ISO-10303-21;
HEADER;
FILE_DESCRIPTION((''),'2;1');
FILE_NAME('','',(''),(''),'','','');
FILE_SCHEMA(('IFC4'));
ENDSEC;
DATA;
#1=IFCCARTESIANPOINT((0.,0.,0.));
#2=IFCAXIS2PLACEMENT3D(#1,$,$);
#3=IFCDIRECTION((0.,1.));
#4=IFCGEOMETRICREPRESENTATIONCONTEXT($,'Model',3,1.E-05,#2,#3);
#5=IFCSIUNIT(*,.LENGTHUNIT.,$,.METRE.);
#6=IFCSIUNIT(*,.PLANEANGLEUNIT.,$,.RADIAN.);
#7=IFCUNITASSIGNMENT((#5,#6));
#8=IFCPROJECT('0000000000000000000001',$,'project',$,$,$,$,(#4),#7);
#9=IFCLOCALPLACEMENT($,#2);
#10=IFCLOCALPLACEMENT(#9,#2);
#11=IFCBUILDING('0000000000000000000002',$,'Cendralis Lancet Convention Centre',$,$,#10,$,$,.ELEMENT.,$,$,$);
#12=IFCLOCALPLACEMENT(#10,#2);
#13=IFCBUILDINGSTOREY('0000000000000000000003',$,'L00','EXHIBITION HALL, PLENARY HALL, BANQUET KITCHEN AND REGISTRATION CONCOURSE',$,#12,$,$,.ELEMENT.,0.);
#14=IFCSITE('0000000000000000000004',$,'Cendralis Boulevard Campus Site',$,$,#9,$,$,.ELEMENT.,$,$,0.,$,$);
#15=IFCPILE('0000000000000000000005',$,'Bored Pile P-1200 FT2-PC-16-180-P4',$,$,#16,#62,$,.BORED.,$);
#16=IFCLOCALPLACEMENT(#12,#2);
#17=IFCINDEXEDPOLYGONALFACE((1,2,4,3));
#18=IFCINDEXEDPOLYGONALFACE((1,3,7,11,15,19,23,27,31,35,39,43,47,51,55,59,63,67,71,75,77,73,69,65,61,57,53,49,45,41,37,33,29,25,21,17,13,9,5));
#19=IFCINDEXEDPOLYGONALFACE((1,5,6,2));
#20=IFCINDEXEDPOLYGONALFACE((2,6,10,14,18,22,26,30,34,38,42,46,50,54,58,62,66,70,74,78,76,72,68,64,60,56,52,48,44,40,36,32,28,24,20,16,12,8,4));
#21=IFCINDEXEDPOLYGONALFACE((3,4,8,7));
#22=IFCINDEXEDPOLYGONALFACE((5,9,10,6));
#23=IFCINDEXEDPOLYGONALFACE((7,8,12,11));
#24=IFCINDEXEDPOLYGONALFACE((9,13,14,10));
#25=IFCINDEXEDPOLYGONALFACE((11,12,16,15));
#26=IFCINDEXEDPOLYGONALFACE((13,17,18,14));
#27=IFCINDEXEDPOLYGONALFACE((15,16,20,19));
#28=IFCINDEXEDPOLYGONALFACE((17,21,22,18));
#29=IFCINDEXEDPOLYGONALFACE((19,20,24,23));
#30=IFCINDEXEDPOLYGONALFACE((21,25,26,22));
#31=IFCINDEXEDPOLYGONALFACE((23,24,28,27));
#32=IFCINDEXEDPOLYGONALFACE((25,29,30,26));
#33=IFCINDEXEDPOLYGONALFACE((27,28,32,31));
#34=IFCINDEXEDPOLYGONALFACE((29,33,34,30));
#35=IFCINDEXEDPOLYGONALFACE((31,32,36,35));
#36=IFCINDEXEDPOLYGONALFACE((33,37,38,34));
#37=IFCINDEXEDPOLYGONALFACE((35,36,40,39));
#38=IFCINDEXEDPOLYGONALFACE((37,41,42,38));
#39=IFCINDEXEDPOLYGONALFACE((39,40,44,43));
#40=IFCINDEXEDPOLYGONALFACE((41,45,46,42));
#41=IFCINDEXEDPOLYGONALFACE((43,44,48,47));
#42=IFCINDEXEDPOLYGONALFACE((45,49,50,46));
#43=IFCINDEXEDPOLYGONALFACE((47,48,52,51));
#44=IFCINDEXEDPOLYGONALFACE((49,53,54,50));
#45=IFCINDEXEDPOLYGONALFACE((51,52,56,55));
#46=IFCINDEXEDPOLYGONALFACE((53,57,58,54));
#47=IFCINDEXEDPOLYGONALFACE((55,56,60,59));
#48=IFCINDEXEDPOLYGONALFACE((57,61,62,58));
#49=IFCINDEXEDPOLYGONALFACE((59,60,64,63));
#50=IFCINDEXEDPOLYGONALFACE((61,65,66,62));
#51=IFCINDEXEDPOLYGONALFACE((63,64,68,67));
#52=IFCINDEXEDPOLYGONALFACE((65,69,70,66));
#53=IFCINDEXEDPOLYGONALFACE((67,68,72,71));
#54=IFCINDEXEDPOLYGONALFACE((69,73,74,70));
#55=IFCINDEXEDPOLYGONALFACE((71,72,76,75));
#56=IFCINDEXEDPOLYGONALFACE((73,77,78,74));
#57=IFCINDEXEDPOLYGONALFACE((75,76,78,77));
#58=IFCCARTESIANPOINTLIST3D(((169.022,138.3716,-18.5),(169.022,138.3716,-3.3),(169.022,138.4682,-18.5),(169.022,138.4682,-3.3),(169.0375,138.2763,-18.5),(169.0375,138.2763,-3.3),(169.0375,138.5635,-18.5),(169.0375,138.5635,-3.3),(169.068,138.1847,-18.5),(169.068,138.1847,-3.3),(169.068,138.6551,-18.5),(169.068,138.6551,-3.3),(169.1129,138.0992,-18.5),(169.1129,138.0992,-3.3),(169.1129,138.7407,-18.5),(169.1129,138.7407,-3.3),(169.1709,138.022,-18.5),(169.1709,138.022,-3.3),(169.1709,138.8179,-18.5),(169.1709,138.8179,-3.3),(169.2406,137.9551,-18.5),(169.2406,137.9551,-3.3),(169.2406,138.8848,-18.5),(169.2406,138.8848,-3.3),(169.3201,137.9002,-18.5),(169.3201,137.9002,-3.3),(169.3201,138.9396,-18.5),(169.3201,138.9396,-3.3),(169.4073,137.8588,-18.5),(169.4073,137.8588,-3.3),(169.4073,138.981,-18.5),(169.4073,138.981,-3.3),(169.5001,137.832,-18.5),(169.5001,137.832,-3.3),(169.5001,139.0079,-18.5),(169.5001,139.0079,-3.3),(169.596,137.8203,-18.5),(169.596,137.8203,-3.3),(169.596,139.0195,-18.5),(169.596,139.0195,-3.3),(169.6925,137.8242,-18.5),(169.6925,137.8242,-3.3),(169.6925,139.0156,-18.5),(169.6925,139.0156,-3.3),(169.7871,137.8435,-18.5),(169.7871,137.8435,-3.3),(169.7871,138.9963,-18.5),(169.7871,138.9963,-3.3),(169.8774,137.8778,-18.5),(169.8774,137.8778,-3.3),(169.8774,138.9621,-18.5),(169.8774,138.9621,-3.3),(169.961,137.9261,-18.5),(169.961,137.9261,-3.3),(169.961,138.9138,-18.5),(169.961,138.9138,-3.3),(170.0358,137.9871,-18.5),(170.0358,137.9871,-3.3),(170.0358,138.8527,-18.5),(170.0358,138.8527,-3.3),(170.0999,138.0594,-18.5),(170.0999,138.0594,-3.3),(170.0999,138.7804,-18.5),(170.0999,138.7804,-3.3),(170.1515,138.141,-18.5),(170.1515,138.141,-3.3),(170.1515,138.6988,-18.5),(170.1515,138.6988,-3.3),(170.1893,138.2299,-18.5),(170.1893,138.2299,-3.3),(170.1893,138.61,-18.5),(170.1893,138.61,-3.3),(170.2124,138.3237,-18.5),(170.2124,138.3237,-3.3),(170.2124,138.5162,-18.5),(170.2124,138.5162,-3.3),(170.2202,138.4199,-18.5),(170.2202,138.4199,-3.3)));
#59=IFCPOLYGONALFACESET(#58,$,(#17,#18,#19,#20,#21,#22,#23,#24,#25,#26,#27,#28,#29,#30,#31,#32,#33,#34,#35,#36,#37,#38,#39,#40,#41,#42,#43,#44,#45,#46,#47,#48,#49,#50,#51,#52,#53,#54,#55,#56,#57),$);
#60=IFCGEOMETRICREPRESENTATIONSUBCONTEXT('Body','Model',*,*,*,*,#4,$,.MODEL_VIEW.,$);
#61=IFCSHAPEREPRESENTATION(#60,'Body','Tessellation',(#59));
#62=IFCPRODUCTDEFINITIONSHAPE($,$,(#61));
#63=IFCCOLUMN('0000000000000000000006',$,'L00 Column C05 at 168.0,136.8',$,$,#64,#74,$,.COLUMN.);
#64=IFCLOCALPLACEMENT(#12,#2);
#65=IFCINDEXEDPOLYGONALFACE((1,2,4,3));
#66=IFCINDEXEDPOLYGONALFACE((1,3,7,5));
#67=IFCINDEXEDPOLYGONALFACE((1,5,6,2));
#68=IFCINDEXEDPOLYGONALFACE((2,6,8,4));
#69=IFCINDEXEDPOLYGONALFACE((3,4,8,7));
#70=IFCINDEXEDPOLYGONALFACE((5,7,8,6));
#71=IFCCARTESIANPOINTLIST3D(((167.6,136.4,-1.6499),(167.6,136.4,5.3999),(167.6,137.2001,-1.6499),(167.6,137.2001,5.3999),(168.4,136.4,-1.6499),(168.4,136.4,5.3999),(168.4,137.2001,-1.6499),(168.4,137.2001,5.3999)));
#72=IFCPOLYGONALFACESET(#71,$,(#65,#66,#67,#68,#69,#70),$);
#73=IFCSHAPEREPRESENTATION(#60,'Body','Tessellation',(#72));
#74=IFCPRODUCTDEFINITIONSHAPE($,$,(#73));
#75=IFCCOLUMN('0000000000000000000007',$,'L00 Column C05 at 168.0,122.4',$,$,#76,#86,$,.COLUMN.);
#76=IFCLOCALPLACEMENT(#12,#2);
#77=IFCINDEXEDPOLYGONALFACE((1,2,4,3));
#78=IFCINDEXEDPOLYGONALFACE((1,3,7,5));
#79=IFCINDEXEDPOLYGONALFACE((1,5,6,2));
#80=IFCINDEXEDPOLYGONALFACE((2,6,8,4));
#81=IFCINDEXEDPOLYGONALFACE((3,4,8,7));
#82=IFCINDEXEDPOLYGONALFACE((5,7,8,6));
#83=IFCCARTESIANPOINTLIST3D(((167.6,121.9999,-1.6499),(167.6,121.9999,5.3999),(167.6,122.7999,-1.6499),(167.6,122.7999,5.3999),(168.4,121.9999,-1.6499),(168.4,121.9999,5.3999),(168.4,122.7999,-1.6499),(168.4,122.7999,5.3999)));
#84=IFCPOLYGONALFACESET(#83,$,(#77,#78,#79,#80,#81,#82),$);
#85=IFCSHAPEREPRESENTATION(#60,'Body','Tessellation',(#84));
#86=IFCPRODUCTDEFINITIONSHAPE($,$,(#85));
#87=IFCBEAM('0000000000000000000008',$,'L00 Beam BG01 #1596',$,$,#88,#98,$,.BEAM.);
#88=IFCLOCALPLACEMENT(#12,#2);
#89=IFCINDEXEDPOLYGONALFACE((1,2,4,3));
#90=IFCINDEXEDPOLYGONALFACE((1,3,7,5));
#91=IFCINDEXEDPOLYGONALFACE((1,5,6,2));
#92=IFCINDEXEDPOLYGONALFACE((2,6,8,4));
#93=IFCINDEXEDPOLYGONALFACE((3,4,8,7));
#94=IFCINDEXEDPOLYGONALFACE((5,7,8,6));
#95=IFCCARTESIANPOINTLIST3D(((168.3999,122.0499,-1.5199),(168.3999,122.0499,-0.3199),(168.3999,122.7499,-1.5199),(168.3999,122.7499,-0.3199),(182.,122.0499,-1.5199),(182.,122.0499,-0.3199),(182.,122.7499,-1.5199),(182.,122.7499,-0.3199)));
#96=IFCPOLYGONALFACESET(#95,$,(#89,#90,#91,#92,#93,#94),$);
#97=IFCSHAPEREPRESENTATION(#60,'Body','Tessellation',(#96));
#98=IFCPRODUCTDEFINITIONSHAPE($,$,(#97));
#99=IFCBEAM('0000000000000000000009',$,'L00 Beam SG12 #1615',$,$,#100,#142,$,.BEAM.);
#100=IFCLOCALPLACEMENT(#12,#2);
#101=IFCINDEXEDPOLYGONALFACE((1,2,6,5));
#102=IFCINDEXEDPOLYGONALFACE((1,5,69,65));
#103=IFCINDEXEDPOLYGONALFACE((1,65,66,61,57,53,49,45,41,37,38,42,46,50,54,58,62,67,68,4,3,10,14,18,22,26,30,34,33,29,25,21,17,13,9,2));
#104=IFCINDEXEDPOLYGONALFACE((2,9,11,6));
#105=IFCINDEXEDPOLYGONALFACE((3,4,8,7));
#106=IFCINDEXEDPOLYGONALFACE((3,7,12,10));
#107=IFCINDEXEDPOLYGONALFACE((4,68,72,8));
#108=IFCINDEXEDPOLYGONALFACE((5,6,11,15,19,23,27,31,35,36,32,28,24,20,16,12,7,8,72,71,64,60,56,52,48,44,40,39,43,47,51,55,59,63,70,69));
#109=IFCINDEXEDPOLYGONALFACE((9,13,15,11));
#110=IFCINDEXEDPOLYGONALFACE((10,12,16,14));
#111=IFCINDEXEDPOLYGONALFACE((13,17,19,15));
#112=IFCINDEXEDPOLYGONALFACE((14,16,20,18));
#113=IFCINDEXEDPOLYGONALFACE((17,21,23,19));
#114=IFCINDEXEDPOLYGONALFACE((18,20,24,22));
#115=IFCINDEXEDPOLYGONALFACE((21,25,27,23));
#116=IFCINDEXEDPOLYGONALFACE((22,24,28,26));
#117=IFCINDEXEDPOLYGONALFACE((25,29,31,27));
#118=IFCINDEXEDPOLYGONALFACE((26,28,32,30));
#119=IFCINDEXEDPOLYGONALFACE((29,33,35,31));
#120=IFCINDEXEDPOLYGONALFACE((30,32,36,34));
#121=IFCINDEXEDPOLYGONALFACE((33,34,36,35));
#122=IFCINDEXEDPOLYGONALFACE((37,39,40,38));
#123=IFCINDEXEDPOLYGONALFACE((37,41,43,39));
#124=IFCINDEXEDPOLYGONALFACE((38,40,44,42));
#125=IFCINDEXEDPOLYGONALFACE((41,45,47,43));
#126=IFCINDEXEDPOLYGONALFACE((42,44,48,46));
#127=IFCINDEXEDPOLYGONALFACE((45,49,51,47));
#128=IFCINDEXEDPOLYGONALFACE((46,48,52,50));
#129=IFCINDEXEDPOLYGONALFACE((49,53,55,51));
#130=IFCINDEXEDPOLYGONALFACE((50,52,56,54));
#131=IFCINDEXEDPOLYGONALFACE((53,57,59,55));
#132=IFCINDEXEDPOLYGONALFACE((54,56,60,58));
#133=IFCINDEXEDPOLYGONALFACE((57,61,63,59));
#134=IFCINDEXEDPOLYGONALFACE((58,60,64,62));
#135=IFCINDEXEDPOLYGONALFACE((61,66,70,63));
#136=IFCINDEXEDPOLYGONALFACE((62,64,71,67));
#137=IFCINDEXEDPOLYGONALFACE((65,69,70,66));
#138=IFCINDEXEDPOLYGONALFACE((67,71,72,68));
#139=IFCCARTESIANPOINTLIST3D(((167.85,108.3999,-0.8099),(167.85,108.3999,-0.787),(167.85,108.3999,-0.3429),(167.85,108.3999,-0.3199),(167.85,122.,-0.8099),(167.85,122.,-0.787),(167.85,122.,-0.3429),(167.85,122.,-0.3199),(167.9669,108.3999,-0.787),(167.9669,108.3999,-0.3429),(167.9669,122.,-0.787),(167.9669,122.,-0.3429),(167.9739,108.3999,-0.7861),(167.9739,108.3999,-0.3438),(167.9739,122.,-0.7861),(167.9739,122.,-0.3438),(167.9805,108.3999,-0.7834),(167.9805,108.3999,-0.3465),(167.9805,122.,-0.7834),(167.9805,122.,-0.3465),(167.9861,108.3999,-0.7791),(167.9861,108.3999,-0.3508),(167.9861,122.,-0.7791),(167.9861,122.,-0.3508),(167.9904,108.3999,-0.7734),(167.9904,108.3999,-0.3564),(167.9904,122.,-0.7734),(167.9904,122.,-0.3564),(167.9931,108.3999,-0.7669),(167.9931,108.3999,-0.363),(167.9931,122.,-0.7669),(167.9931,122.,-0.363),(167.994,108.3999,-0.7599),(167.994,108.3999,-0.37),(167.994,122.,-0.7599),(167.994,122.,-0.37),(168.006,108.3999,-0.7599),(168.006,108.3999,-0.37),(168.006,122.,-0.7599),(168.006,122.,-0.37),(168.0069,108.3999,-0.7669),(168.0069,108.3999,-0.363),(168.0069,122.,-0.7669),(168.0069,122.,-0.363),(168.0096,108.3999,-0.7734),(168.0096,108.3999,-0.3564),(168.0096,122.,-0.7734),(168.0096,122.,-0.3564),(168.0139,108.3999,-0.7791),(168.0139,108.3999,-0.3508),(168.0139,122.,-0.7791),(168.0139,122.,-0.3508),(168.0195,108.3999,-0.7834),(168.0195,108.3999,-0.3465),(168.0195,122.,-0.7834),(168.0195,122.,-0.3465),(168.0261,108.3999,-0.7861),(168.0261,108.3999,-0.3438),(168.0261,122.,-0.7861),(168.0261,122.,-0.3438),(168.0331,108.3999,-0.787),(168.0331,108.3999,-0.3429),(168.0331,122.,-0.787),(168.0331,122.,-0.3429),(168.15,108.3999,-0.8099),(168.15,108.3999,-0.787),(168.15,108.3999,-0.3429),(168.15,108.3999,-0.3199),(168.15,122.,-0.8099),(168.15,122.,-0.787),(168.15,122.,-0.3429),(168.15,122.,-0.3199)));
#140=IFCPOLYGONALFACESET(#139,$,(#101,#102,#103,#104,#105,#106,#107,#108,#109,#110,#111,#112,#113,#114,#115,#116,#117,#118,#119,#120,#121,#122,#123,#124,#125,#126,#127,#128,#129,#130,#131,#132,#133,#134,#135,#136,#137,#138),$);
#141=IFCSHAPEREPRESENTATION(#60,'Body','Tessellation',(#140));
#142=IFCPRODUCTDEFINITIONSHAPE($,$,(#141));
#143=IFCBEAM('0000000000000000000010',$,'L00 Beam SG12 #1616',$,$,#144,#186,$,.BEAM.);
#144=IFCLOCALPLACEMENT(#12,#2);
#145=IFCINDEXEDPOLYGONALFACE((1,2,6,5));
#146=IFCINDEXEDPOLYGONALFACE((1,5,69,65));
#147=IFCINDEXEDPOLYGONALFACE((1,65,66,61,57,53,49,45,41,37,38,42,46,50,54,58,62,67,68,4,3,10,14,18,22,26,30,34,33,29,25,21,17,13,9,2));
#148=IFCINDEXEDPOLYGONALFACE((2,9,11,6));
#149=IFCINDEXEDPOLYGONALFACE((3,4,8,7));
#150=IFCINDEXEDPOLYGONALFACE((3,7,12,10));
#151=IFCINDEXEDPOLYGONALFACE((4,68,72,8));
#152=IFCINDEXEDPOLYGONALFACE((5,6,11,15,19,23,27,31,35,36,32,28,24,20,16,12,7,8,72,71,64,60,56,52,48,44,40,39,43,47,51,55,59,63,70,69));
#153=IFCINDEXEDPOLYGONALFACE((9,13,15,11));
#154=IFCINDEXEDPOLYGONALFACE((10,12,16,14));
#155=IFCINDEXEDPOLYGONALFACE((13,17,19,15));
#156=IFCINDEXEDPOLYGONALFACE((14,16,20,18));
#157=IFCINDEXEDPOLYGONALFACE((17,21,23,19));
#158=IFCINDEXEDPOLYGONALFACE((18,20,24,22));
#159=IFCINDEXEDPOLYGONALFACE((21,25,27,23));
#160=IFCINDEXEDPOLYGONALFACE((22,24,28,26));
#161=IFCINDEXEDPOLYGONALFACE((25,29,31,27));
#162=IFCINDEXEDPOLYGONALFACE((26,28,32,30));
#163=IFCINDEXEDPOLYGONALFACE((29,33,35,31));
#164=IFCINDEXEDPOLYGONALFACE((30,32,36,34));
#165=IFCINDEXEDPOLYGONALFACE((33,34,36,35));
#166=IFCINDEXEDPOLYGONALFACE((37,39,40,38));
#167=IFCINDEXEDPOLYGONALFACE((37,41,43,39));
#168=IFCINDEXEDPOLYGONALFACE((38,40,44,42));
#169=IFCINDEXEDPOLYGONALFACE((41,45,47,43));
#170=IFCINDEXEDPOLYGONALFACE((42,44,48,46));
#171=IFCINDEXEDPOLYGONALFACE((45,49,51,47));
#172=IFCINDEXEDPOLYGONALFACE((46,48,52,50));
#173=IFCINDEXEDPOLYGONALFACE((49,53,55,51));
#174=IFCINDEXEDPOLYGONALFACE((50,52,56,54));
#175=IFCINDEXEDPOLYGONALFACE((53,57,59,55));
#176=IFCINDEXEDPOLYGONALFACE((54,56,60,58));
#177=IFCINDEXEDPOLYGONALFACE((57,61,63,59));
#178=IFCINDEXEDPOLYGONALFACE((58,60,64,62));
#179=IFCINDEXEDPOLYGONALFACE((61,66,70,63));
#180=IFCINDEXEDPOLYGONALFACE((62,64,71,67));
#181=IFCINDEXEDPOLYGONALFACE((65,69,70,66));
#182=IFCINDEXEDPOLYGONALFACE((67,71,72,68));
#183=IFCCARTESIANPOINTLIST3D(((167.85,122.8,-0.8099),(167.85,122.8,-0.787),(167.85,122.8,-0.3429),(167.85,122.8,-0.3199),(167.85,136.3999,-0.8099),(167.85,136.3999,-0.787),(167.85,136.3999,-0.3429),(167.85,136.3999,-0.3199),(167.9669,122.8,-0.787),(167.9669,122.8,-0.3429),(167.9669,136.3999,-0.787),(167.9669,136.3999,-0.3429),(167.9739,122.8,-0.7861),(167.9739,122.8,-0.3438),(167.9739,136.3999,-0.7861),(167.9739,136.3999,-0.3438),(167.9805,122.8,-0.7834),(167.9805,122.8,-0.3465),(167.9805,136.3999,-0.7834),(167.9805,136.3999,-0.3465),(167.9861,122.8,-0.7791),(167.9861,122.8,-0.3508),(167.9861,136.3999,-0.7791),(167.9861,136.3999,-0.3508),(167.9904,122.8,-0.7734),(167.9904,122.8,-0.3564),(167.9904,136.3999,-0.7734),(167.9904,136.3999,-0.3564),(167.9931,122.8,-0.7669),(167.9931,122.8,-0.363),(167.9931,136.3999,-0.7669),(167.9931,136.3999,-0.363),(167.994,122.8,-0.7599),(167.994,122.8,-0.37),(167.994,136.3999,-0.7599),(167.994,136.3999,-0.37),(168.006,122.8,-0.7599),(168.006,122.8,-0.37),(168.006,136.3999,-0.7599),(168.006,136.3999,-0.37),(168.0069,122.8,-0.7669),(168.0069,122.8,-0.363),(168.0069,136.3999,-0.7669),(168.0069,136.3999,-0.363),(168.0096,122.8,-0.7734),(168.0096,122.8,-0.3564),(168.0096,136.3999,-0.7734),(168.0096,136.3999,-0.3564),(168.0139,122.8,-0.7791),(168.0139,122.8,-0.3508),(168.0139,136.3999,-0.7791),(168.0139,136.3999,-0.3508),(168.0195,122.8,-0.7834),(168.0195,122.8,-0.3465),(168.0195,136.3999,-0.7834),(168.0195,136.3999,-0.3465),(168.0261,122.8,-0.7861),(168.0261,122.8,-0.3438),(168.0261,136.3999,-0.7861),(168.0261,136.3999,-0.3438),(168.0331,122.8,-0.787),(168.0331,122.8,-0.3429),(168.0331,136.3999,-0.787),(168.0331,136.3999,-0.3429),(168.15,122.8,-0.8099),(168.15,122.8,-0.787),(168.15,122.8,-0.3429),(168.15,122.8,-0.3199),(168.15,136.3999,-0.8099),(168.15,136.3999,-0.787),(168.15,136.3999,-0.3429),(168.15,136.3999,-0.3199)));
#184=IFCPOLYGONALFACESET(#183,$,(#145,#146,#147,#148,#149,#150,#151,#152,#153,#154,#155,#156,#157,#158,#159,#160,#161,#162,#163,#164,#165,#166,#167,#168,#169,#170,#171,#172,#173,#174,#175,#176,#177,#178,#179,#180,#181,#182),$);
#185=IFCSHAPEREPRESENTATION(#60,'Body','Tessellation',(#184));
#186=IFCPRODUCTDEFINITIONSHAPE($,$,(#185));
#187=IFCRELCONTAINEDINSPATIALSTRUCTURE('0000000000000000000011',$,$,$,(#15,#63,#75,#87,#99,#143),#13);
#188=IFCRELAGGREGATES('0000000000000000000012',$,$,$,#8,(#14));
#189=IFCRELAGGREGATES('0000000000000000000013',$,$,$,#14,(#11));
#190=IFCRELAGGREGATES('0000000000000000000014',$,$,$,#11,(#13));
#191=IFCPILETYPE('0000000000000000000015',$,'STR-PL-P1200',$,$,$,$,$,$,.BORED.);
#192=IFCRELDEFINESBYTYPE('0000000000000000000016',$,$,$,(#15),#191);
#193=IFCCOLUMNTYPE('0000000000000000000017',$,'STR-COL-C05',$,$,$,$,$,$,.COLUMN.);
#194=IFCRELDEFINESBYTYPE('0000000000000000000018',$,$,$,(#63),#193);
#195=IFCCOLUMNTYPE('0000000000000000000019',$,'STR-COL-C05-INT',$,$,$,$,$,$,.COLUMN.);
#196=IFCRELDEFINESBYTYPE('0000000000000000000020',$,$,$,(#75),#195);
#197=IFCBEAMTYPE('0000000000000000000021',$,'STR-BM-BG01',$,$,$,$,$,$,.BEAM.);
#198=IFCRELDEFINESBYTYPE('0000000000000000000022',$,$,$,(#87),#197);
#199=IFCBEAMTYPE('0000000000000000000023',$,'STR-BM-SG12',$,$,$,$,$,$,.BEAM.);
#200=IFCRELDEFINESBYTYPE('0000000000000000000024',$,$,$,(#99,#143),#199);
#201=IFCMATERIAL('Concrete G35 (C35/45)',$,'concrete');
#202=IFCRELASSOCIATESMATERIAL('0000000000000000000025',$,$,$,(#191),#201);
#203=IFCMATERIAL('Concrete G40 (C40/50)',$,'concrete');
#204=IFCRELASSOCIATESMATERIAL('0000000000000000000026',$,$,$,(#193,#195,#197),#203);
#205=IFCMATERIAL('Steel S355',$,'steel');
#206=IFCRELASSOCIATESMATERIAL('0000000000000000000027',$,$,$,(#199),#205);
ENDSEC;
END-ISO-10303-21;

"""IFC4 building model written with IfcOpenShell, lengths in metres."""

from ifc_helpers import new_model, si_unit, direction, frame, origin, origin_2d, place, context, subcontext, project, spatial, rectangle, circle, i_section, extrude, material, material_profile, profile_set, type_object, element, save


model = new_model("IFC4")

# Units and contexts
model_context = context("Model", 3, precision=1e-05, world=origin(), true_north=direction((0.0, 1.0)))
body_context = subcontext(model_context, "Body", "Model", "MODEL_VIEW")
ifc_project = project(units=[si_unit("LENGTHUNIT", "METRE"), si_unit("PLANEANGLEUNIT", "RADIAN")], contexts=[model_context])

# Site, building, storey
site_placement = place(None, origin())
site = spatial("IfcSite", under=ifc_project, at=site_placement, Name="Cendralis Boulevard Campus Site", CompositionType="ELEMENT", RefElevation=0.0)
building_placement = place(site_placement, origin())
building = spatial("IfcBuilding", under=site, at=building_placement, Name="Cendralis Lancet Convention Centre", CompositionType="ELEMENT")
storey_placement = place(building_placement, origin())
storey = spatial("IfcBuildingStorey", under=building, at=storey_placement, Name="L00", Description="EXHIBITION HALL, PLENARY HALL, BANQUET KITCHEN AND REGISTRATION CONCOURSE", CompositionType="ELEMENT", Elevation=0.0)

# Shared definitions
ifc_material_1 = material(Name="Concrete G35 (C35/45)", Category="concrete")

# Pile
ifc_material_profile_1 = material_profile(ifc_material_1, circle(Radius=0.6001, at=origin_2d()), Name="BORED PILE D1200")
ifc_profile_set_1 = profile_set([ifc_material_profile_1], Name="Concrete G35 (C35/45)")
pile_type = type_object("IfcPileType", Name="STR-PL-P1200", PredefinedType="BORED", material=ifc_profile_set_1)
for number, where, z_axis, x_axis, name in (
    (1, (169.6201, 138.4199, -3.3), (0.0, 0.0, -1.0), (1.0, 0.0, 0.0), "Bored Pile P-1200 FT2-PC-16-180-P4"),
):
    element("IfcPile", number, at=place(storey_placement, frame(where, z_axis=z_axis, x_axis=x_axis)), inside=storey, type_object=pile_type, Name=name, PredefinedType="BORED", context=body_context, shape_type="SweptSolid", body=[
        extrude(circle(Radius=0.6001, at=origin_2d()), origin(), (0.0, 0.0, 1.0), 15.2),
    ])

# Columns
ifc_material_2 = material(Name="Concrete G40 (C40/50)", Category="concrete")
ifc_material_profile_2 = material_profile(ifc_material_2, rectangle(XDim=0.8, YDim=0.8, at=origin_2d()), Name="RC 800x800")
ifc_profile_set_2 = profile_set([ifc_material_profile_2], Name="Concrete G40 (C40/50)")
column_type_1 = type_object("IfcColumnType", Name="STR-COL-C05", PredefinedType="COLUMN", material=ifc_profile_set_2)
column_1_placement = place(storey_placement, frame((168.0, 136.8, -1.6499), z_axis=(0.0, 0.0, 1.0), x_axis=(1.0, 0.0, 0.0)))
element("IfcColumn", 2, at=column_1_placement, inside=storey, type_object=column_type_1, Name="L00 Column C05 at 168.0,136.8", PredefinedType="COLUMN", context=body_context, shape_type="SweptSolid", body=[
    extrude(rectangle(XDim=0.8, YDim=0.8, at=origin_2d()), origin(), (0.0, 0.0, 1.0), 7.0498),
])
ifc_material_profile_3 = material_profile(ifc_material_2, rectangle(XDim=0.8, YDim=0.8, at=origin_2d()), Name="RC 800x800")
ifc_profile_set_3 = profile_set([ifc_material_profile_3], Name="Concrete G40 (C40/50)")
column_type_2 = type_object("IfcColumnType", Name="STR-COL-C05-INT", PredefinedType="COLUMN", material=ifc_profile_set_3)
column_2_placement = place(storey_placement, frame((168.0, 122.3999, -1.6499), z_axis=(0.0, 0.0, 1.0), x_axis=(1.0, 0.0, 0.0)))
element("IfcColumn", 3, at=column_2_placement, inside=storey, type_object=column_type_2, Name="L00 Column C05 at 168.0,122.4", PredefinedType="COLUMN", context=body_context, shape_type="SweptSolid", body=[
    extrude(rectangle(XDim=0.8, YDim=0.8, at=origin_2d()), origin(), (0.0, 0.0, 1.0), 7.0498),
])

# Beams
ifc_material_profile_4 = material_profile(ifc_material_2, rectangle(XDim=0.7, YDim=1.2, at=origin_2d()), Name="RCB 700x1200")
ifc_profile_set_4 = profile_set([ifc_material_profile_4], Name="Concrete G40 (C40/50)")
beam_type_1 = type_object("IfcBeamType", Name="STR-BM-BG01", PredefinedType="BEAM", material=ifc_profile_set_4)
beam_1_placement = place(storey_placement, frame((168.3999, 122.3999, -0.9199), z_axis=(1.0, 0.0, 0.0), x_axis=(0.0, 1.0, 0.0)))
element("IfcBeam", 4, at=beam_1_placement, inside=storey, type_object=beam_type_1, Name="L00 Beam BG01 #1596", PredefinedType="BEAM", context=body_context, shape_type="SweptSolid", body=[
    extrude(rectangle(XDim=0.7, YDim=1.2, at=origin_2d()), origin(), (0.0, 0.0, 1.0), 13.6001),
])
ifc_material_3 = material(Name="Steel S355", Category="steel")
ifc_material_profile_5 = material_profile(ifc_material_3, i_section(OverallWidth=0.3, OverallDepth=0.49, WebThickness=0.012, FlangeThickness=0.0229, FilletRadius=0.0271, at=origin_2d()), Name="HEA 500")
ifc_profile_set_5 = profile_set([ifc_material_profile_5], Name="Steel S355")
beam_type_2 = type_object("IfcBeamType", Name="STR-BM-SG12", PredefinedType="BEAM", material=ifc_profile_set_5)
beam_2_placement = place(storey_placement, frame((168.0, 108.3999, -0.5649), z_axis=(0.0, 1.0, 0.0), x_axis=(-1.0, 0.0, 0.0)))
element("IfcBeam", 5, at=beam_2_placement, inside=storey, type_object=beam_type_2, Name="L00 Beam SG12 #1615", PredefinedType="BEAM", context=body_context, shape_type="SweptSolid", body=[
    extrude(i_section(OverallWidth=0.3, OverallDepth=0.49, WebThickness=0.012, FlangeThickness=0.0229, FilletRadius=0.0271, at=origin_2d()), origin(), (0.0, 0.0, 1.0), 13.6001),
])
beam_3_placement = place(storey_placement, frame((168.0, 122.8, -0.5649), z_axis=(0.0, 1.0, 0.0), x_axis=(-1.0, 0.0, 0.0)))
element("IfcBeam", 6, at=beam_3_placement, inside=storey, type_object=beam_type_2, Name="L00 Beam SG12 #1616", PredefinedType="BEAM", context=body_context, shape_type="SweptSolid", body=[
    extrude(i_section(OverallWidth=0.3, OverallDepth=0.49, WebThickness=0.012, FlangeThickness=0.0229, FilletRadius=0.0271, at=origin_2d()), origin(), (0.0, 0.0, 1.0), 13.5999),
])

save(model, "model.ifc")
